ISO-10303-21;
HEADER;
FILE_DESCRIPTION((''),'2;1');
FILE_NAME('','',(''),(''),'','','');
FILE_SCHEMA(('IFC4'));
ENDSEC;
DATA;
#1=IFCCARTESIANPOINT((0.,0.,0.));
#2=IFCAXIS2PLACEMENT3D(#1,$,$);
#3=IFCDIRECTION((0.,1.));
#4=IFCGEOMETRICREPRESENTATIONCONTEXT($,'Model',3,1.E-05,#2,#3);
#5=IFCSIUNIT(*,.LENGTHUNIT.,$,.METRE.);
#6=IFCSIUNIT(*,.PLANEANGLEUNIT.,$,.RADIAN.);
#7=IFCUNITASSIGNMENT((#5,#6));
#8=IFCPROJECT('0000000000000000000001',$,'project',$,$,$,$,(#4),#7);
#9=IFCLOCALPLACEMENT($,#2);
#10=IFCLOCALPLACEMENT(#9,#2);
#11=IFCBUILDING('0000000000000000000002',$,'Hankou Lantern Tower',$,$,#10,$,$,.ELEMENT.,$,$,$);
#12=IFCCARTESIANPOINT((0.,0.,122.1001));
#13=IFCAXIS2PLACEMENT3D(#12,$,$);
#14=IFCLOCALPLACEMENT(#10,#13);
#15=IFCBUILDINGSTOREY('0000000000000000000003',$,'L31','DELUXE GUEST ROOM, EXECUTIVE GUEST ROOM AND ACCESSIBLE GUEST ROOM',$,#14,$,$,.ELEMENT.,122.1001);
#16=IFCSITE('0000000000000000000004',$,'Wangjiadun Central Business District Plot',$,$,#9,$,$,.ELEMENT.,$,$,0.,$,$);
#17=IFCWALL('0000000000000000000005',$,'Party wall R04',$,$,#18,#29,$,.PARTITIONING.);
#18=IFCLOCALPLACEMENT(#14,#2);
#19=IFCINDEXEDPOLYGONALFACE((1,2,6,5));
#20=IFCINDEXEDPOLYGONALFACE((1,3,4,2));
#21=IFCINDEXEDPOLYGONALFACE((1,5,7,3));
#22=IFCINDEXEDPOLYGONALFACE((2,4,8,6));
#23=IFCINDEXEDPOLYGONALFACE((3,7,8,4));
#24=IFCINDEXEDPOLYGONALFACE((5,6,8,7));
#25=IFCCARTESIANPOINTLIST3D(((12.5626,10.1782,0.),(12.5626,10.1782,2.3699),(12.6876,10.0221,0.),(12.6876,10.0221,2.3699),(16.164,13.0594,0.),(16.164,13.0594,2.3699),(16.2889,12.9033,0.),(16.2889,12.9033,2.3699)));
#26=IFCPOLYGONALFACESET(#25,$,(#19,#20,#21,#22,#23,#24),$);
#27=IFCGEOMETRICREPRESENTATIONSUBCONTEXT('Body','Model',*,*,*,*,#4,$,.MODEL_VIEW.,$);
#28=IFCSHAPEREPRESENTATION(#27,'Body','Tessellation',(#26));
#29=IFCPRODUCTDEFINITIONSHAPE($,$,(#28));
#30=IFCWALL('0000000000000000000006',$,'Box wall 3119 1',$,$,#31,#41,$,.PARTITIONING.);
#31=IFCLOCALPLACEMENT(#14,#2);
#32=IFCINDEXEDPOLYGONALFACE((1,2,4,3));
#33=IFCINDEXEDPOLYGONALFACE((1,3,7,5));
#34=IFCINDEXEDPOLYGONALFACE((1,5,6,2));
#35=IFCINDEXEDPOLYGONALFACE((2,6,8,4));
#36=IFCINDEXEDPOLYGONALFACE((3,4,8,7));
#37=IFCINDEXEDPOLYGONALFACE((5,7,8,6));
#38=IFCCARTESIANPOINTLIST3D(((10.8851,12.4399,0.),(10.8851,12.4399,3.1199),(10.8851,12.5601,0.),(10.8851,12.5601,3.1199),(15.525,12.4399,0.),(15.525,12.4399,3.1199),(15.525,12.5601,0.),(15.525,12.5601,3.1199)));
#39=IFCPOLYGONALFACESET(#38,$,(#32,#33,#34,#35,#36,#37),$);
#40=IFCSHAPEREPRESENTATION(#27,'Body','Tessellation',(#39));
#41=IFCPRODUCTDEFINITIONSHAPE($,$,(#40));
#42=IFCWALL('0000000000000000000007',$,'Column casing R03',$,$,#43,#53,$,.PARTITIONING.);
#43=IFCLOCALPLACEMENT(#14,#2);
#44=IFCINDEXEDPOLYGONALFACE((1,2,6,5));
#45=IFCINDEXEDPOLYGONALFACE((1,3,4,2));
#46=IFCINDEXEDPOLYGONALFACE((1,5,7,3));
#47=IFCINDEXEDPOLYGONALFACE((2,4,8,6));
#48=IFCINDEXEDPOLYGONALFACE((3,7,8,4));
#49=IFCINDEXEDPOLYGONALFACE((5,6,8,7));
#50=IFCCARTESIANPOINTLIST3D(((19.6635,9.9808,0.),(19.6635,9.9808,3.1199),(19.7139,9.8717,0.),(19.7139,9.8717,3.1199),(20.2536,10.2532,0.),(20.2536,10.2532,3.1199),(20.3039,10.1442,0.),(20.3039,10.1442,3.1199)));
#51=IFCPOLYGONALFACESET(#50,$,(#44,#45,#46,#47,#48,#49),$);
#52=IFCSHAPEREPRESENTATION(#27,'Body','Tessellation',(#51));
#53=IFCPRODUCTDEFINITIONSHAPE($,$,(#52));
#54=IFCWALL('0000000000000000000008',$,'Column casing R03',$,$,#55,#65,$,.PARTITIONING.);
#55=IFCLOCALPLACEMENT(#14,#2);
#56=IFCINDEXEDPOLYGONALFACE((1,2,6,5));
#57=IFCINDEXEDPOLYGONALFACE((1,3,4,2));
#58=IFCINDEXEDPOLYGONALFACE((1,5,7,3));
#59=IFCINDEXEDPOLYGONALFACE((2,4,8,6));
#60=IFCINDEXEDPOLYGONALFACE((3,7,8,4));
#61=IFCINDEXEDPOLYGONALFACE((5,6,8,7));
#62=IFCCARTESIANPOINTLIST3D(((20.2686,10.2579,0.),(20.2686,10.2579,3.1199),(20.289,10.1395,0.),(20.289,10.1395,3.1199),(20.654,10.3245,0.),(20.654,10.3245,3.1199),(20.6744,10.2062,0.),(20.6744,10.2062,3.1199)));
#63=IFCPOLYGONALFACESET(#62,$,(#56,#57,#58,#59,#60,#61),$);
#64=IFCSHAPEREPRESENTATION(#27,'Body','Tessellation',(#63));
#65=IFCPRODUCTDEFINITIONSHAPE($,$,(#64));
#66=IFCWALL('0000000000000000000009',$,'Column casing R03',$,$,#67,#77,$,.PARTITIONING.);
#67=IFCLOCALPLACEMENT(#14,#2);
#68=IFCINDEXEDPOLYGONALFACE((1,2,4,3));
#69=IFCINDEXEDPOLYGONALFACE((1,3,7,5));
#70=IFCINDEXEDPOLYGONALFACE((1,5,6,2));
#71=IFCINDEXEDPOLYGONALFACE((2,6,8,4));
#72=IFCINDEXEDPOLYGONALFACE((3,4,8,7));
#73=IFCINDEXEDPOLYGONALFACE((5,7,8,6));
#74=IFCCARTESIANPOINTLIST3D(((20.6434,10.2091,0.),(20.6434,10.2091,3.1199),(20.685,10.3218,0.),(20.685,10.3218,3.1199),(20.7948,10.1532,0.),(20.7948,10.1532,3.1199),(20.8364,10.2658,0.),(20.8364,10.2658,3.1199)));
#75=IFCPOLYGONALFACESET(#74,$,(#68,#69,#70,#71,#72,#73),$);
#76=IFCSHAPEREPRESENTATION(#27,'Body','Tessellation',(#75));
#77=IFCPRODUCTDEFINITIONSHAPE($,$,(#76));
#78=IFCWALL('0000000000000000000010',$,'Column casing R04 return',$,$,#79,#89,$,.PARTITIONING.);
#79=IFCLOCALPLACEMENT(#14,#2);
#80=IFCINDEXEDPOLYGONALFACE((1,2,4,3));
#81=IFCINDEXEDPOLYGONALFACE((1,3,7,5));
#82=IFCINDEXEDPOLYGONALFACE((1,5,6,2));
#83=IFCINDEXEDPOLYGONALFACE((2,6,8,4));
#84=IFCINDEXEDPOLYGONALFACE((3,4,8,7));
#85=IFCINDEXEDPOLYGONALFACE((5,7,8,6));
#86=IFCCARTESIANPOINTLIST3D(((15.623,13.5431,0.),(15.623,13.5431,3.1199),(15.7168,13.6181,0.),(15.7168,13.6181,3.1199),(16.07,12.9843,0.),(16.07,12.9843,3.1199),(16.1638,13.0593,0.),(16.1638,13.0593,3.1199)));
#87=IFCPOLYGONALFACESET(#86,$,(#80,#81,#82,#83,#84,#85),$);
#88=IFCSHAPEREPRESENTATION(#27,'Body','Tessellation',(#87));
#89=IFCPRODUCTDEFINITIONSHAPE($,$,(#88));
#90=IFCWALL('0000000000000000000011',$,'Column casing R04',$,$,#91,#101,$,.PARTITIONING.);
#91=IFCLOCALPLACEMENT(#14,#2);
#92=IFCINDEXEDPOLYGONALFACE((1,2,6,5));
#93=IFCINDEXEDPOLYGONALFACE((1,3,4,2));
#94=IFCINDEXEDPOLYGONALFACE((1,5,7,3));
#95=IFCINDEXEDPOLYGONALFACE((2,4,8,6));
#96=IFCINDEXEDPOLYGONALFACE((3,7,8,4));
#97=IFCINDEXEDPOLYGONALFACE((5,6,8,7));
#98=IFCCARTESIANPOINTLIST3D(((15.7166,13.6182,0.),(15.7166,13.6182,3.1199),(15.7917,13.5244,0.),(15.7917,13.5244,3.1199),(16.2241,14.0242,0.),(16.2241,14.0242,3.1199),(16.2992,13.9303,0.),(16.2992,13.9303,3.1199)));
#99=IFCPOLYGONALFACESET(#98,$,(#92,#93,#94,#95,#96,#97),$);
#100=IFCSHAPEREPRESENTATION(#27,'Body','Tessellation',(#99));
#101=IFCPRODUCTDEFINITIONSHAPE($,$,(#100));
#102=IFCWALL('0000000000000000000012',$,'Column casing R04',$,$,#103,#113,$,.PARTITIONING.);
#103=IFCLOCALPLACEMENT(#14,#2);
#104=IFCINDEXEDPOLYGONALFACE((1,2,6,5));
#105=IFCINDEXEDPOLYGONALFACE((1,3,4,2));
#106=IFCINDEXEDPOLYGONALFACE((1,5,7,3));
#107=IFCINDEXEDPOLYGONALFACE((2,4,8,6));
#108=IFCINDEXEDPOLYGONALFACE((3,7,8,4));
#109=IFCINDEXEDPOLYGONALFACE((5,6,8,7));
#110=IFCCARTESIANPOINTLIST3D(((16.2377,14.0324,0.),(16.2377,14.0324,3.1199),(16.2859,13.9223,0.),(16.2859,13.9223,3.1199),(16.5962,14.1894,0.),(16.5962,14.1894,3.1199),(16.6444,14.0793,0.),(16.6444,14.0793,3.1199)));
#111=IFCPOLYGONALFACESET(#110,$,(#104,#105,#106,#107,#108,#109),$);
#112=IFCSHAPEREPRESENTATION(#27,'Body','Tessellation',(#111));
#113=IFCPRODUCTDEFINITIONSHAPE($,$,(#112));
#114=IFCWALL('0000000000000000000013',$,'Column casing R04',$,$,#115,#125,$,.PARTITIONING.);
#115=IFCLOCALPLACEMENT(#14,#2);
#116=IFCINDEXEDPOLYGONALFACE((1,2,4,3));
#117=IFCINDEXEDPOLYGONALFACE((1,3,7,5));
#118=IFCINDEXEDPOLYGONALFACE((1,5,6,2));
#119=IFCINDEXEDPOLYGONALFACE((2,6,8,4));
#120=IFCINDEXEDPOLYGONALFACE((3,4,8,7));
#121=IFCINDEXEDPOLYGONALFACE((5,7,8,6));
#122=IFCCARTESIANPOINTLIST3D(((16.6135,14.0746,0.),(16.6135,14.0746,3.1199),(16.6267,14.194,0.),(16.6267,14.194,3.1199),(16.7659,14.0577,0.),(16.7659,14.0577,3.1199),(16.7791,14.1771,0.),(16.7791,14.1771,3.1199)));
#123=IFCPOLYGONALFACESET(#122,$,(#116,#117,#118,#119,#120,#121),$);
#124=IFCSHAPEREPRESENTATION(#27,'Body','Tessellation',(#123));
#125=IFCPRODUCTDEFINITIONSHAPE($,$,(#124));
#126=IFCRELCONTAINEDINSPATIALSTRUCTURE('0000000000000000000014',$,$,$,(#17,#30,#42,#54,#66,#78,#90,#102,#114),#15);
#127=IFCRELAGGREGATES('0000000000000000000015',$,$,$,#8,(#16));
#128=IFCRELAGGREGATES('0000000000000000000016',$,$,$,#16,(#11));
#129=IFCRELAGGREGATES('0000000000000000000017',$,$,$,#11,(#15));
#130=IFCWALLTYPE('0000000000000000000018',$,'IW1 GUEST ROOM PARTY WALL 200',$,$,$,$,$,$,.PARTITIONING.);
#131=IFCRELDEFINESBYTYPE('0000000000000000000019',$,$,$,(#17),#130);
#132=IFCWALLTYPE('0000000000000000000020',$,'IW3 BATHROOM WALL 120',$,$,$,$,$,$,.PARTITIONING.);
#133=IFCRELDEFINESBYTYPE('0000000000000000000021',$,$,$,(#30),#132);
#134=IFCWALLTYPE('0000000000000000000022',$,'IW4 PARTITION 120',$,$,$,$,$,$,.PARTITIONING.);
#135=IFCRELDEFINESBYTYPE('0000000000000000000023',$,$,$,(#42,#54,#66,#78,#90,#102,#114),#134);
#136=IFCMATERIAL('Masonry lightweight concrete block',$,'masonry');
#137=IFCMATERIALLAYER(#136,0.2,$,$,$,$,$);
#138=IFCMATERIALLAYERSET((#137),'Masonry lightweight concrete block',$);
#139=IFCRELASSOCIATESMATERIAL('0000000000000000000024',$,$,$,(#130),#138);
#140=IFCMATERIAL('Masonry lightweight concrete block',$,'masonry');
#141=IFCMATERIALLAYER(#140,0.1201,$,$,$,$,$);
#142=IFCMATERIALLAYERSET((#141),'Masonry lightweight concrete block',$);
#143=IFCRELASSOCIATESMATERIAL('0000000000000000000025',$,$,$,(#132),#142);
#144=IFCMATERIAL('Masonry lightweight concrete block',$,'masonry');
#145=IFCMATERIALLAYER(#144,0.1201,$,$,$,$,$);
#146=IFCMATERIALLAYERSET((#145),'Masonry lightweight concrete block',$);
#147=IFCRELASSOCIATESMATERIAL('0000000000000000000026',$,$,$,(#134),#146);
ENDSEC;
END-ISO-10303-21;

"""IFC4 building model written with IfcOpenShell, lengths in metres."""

from ifc_helpers import new_model, si_unit, direction, frame, frame_2d, origin, place, context, subcontext, project, spatial, rectangle, extrude, material, layer, layer_set, type_object, element, save


model = new_model("IFC4")

# Units and contexts
model_context = context("Model", 3, precision=1e-05, world=origin(), true_north=direction((0.0, 1.0)))
body_context = subcontext(model_context, "Body", "Model", "MODEL_VIEW")
ifc_project = project(units=[si_unit("LENGTHUNIT", "METRE"), si_unit("PLANEANGLEUNIT", "RADIAN")], contexts=[model_context])

# Site, building, storey
site_placement = place(None, origin())
site = spatial("IfcSite", under=ifc_project, at=site_placement, Name="Wangjiadun Central Business District Plot", CompositionType="ELEMENT", RefElevation=0.0)
building_placement = place(site_placement, origin())
building = spatial("IfcBuilding", under=site, at=building_placement, Name="Hankou Lantern Tower", CompositionType="ELEMENT")
storey_placement = place(building_placement, frame((0.0, 0.0, 122.1001)))
storey = spatial("IfcBuildingStorey", under=building, at=storey_placement, Name="L31", Description="DELUXE GUEST ROOM, EXECUTIVE GUEST ROOM AND ACCESSIBLE GUEST ROOM", CompositionType="ELEMENT", Elevation=122.1001)

# Walls
ifc_material_1 = material(Name="Masonry lightweight concrete block", Category="masonry")
ifc_layer_1 = layer(ifc_material_1, 0.2)
ifc_layer_set_1 = layer_set([ifc_layer_1], Name="Masonry lightweight concrete block")
wall_type_1 = type_object("IfcWallType", Name="IW1 GUEST ROOM PARTY WALL 200", PredefinedType="PARTITIONING", material=ifc_layer_set_1)
wall_1_placement = place(storey_placement, frame((12.625, 10.1001, 0.0), z_axis=(0.0, 0.0, 1.0), x_axis=(0.780864, 0.624702, 0.0)))
element("IfcWall", 1, at=wall_1_placement, inside=storey, type_object=wall_type_1, Name="Party wall R04", PredefinedType="PARTITIONING", context=body_context, shape_type="SweptSolid", body=[
    extrude(rectangle(XDim=4.6121, YDim=0.2, at=frame_2d((2.3062, 0.0))), origin(), (0.0, 0.0, 1.0), 2.3699),
])
ifc_material_2 = material(Name="Masonry lightweight concrete block", Category="masonry")
ifc_layer_2 = layer(ifc_material_2, 0.1201)
ifc_layer_set_2 = layer_set([ifc_layer_2], Name="Masonry lightweight concrete block")
wall_type_2 = type_object("IfcWallType", Name="IW3 BATHROOM WALL 120", PredefinedType="PARTITIONING", material=ifc_layer_set_2)
wall_2_placement = place(storey_placement, frame((15.5249, 12.5, 0.0), z_axis=(0.0, 0.0, 1.0), x_axis=(-1.0, 0.0, 0.0)))
element("IfcWall", 2, at=wall_2_placement, inside=storey, type_object=wall_type_2, Name="Box wall 3119 1", PredefinedType="PARTITIONING", context=body_context, shape_type="SweptSolid", body=[
    extrude(rectangle(XDim=4.6399, YDim=0.1201, at=frame_2d((2.3198, 0.0))), origin(), (0.0, 0.0, 1.0), 3.1199),
])
ifc_material_3 = material(Name="Masonry lightweight concrete block", Category="masonry")
ifc_layer_3 = layer(ifc_material_3, 0.1201)
ifc_layer_set_3 = layer_set([ifc_layer_3], Name="Masonry lightweight concrete block")
wall_type_3 = type_object("IfcWallType", Name="IW4 PARTITION 120", PredefinedType="PARTITIONING", material=ifc_layer_set_3)
wall_3_placement = place(storey_placement, frame((19.6887, 9.9263, 0.0), z_axis=(0.0, 0.0, 1.0), x_axis=(0.907893, 0.419201, 0.0)))
element("IfcWall", 3, at=wall_3_placement, inside=storey, type_object=wall_type_3, Name="Column casing R03", PredefinedType="PARTITIONING", context=body_context, shape_type="SweptSolid", body=[
    extrude(rectangle(XDim=0.6499, YDim=0.1201, at=frame_2d((0.325, 0.0))), origin(), (0.0, 0.0, 1.0), 3.1199),
])
wall_4_placement = place(storey_placement, frame((20.2788, 10.1987, 0.0), z_axis=(0.0, 0.0, 1.0), x_axis=(0.985381, 0.170367, 0.0)))
element("IfcWall", 4, at=wall_4_placement, inside=storey, type_object=wall_type_3, Name="Column casing R03", PredefinedType="PARTITIONING", context=body_context, shape_type="SweptSolid", body=[
    extrude(rectangle(XDim=0.3911, YDim=0.1201, at=frame_2d((0.1956, 0.0))), origin(), (0.0, 0.0, 1.0), 3.1199),
])
wall_5_placement = place(storey_placement, frame((20.6643, 10.2654, 0.0), z_axis=(0.0, 0.0, 1.0), x_axis=(0.938059, -0.346477, 0.0)))
element("IfcWall", 5, at=wall_5_placement, inside=storey, type_object=wall_type_3, Name="Column casing R03", PredefinedType="PARTITIONING", context=body_context, shape_type="SweptSolid", body=[
    extrude(rectangle(XDim=0.1614, YDim=0.1201, at=frame_2d((0.0806, 0.0))), origin(), (0.0, 0.0, 1.0), 3.1199),
])
wall_6_placement = place(storey_placement, frame((16.1169, 13.0217, 0.0), z_axis=(0.0, 0.0, 1.0), x_axis=(-0.624653, 0.780902, 0.0)))
element("IfcWall", 6, at=wall_6_placement, inside=storey, type_object=wall_type_3, Name="Column casing R04 return", PredefinedType="PARTITIONING", context=body_context, shape_type="SweptSolid", body=[
    extrude(rectangle(XDim=0.7156, YDim=0.1201, at=frame_2d((0.3579, 0.0))), origin(), (0.0, 0.0, 1.0), 3.1199),
])
wall_7_placement = place(storey_placement, frame((15.7542, 13.5713, 0.0), z_axis=(0.0, 0.0, 1.0), x_axis=(0.780905, 0.624649, 0.0)))
element("IfcWall", 7, at=wall_7_placement, inside=storey, type_object=wall_type_3, Name="Column casing R04", PredefinedType="PARTITIONING", context=body_context, shape_type="SweptSolid", body=[
    extrude(rectangle(XDim=0.6499, YDim=0.1201, at=frame_2d((0.325, 0.0))), origin(), (0.0, 0.0, 1.0), 3.1199),
])
wall_8_placement = place(storey_placement, frame((16.2617, 13.9773, 0.0), z_axis=(0.0, 0.0, 1.0), x_axis=(0.915985, 0.401212, 0.0)))
element("IfcWall", 8, at=wall_8_placement, inside=storey, type_object=wall_type_3, Name="Column casing R04", PredefinedType="PARTITIONING", context=body_context, shape_type="SweptSolid", body=[
    extrude(rectangle(XDim=0.3914, YDim=0.1201, at=frame_2d((0.1958, 0.0))), origin(), (0.0, 0.0, 1.0), 3.1199),
])
wall_9_placement = place(storey_placement, frame((16.6201, 14.1343, 0.0), z_axis=(0.0, 0.0, 1.0), x_axis=(0.993942, -0.109907, 0.0)))
element("IfcWall", 9, at=wall_9_placement, inside=storey, type_object=wall_type_3, Name="Column casing R04", PredefinedType="PARTITIONING", context=body_context, shape_type="SweptSolid", body=[
    extrude(rectangle(XDim=0.1533, YDim=0.1201, at=frame_2d((0.0767, 0.0))), origin(), (0.0, 0.0, 1.0), 3.1199),
])

save(model, "model.ifc")
